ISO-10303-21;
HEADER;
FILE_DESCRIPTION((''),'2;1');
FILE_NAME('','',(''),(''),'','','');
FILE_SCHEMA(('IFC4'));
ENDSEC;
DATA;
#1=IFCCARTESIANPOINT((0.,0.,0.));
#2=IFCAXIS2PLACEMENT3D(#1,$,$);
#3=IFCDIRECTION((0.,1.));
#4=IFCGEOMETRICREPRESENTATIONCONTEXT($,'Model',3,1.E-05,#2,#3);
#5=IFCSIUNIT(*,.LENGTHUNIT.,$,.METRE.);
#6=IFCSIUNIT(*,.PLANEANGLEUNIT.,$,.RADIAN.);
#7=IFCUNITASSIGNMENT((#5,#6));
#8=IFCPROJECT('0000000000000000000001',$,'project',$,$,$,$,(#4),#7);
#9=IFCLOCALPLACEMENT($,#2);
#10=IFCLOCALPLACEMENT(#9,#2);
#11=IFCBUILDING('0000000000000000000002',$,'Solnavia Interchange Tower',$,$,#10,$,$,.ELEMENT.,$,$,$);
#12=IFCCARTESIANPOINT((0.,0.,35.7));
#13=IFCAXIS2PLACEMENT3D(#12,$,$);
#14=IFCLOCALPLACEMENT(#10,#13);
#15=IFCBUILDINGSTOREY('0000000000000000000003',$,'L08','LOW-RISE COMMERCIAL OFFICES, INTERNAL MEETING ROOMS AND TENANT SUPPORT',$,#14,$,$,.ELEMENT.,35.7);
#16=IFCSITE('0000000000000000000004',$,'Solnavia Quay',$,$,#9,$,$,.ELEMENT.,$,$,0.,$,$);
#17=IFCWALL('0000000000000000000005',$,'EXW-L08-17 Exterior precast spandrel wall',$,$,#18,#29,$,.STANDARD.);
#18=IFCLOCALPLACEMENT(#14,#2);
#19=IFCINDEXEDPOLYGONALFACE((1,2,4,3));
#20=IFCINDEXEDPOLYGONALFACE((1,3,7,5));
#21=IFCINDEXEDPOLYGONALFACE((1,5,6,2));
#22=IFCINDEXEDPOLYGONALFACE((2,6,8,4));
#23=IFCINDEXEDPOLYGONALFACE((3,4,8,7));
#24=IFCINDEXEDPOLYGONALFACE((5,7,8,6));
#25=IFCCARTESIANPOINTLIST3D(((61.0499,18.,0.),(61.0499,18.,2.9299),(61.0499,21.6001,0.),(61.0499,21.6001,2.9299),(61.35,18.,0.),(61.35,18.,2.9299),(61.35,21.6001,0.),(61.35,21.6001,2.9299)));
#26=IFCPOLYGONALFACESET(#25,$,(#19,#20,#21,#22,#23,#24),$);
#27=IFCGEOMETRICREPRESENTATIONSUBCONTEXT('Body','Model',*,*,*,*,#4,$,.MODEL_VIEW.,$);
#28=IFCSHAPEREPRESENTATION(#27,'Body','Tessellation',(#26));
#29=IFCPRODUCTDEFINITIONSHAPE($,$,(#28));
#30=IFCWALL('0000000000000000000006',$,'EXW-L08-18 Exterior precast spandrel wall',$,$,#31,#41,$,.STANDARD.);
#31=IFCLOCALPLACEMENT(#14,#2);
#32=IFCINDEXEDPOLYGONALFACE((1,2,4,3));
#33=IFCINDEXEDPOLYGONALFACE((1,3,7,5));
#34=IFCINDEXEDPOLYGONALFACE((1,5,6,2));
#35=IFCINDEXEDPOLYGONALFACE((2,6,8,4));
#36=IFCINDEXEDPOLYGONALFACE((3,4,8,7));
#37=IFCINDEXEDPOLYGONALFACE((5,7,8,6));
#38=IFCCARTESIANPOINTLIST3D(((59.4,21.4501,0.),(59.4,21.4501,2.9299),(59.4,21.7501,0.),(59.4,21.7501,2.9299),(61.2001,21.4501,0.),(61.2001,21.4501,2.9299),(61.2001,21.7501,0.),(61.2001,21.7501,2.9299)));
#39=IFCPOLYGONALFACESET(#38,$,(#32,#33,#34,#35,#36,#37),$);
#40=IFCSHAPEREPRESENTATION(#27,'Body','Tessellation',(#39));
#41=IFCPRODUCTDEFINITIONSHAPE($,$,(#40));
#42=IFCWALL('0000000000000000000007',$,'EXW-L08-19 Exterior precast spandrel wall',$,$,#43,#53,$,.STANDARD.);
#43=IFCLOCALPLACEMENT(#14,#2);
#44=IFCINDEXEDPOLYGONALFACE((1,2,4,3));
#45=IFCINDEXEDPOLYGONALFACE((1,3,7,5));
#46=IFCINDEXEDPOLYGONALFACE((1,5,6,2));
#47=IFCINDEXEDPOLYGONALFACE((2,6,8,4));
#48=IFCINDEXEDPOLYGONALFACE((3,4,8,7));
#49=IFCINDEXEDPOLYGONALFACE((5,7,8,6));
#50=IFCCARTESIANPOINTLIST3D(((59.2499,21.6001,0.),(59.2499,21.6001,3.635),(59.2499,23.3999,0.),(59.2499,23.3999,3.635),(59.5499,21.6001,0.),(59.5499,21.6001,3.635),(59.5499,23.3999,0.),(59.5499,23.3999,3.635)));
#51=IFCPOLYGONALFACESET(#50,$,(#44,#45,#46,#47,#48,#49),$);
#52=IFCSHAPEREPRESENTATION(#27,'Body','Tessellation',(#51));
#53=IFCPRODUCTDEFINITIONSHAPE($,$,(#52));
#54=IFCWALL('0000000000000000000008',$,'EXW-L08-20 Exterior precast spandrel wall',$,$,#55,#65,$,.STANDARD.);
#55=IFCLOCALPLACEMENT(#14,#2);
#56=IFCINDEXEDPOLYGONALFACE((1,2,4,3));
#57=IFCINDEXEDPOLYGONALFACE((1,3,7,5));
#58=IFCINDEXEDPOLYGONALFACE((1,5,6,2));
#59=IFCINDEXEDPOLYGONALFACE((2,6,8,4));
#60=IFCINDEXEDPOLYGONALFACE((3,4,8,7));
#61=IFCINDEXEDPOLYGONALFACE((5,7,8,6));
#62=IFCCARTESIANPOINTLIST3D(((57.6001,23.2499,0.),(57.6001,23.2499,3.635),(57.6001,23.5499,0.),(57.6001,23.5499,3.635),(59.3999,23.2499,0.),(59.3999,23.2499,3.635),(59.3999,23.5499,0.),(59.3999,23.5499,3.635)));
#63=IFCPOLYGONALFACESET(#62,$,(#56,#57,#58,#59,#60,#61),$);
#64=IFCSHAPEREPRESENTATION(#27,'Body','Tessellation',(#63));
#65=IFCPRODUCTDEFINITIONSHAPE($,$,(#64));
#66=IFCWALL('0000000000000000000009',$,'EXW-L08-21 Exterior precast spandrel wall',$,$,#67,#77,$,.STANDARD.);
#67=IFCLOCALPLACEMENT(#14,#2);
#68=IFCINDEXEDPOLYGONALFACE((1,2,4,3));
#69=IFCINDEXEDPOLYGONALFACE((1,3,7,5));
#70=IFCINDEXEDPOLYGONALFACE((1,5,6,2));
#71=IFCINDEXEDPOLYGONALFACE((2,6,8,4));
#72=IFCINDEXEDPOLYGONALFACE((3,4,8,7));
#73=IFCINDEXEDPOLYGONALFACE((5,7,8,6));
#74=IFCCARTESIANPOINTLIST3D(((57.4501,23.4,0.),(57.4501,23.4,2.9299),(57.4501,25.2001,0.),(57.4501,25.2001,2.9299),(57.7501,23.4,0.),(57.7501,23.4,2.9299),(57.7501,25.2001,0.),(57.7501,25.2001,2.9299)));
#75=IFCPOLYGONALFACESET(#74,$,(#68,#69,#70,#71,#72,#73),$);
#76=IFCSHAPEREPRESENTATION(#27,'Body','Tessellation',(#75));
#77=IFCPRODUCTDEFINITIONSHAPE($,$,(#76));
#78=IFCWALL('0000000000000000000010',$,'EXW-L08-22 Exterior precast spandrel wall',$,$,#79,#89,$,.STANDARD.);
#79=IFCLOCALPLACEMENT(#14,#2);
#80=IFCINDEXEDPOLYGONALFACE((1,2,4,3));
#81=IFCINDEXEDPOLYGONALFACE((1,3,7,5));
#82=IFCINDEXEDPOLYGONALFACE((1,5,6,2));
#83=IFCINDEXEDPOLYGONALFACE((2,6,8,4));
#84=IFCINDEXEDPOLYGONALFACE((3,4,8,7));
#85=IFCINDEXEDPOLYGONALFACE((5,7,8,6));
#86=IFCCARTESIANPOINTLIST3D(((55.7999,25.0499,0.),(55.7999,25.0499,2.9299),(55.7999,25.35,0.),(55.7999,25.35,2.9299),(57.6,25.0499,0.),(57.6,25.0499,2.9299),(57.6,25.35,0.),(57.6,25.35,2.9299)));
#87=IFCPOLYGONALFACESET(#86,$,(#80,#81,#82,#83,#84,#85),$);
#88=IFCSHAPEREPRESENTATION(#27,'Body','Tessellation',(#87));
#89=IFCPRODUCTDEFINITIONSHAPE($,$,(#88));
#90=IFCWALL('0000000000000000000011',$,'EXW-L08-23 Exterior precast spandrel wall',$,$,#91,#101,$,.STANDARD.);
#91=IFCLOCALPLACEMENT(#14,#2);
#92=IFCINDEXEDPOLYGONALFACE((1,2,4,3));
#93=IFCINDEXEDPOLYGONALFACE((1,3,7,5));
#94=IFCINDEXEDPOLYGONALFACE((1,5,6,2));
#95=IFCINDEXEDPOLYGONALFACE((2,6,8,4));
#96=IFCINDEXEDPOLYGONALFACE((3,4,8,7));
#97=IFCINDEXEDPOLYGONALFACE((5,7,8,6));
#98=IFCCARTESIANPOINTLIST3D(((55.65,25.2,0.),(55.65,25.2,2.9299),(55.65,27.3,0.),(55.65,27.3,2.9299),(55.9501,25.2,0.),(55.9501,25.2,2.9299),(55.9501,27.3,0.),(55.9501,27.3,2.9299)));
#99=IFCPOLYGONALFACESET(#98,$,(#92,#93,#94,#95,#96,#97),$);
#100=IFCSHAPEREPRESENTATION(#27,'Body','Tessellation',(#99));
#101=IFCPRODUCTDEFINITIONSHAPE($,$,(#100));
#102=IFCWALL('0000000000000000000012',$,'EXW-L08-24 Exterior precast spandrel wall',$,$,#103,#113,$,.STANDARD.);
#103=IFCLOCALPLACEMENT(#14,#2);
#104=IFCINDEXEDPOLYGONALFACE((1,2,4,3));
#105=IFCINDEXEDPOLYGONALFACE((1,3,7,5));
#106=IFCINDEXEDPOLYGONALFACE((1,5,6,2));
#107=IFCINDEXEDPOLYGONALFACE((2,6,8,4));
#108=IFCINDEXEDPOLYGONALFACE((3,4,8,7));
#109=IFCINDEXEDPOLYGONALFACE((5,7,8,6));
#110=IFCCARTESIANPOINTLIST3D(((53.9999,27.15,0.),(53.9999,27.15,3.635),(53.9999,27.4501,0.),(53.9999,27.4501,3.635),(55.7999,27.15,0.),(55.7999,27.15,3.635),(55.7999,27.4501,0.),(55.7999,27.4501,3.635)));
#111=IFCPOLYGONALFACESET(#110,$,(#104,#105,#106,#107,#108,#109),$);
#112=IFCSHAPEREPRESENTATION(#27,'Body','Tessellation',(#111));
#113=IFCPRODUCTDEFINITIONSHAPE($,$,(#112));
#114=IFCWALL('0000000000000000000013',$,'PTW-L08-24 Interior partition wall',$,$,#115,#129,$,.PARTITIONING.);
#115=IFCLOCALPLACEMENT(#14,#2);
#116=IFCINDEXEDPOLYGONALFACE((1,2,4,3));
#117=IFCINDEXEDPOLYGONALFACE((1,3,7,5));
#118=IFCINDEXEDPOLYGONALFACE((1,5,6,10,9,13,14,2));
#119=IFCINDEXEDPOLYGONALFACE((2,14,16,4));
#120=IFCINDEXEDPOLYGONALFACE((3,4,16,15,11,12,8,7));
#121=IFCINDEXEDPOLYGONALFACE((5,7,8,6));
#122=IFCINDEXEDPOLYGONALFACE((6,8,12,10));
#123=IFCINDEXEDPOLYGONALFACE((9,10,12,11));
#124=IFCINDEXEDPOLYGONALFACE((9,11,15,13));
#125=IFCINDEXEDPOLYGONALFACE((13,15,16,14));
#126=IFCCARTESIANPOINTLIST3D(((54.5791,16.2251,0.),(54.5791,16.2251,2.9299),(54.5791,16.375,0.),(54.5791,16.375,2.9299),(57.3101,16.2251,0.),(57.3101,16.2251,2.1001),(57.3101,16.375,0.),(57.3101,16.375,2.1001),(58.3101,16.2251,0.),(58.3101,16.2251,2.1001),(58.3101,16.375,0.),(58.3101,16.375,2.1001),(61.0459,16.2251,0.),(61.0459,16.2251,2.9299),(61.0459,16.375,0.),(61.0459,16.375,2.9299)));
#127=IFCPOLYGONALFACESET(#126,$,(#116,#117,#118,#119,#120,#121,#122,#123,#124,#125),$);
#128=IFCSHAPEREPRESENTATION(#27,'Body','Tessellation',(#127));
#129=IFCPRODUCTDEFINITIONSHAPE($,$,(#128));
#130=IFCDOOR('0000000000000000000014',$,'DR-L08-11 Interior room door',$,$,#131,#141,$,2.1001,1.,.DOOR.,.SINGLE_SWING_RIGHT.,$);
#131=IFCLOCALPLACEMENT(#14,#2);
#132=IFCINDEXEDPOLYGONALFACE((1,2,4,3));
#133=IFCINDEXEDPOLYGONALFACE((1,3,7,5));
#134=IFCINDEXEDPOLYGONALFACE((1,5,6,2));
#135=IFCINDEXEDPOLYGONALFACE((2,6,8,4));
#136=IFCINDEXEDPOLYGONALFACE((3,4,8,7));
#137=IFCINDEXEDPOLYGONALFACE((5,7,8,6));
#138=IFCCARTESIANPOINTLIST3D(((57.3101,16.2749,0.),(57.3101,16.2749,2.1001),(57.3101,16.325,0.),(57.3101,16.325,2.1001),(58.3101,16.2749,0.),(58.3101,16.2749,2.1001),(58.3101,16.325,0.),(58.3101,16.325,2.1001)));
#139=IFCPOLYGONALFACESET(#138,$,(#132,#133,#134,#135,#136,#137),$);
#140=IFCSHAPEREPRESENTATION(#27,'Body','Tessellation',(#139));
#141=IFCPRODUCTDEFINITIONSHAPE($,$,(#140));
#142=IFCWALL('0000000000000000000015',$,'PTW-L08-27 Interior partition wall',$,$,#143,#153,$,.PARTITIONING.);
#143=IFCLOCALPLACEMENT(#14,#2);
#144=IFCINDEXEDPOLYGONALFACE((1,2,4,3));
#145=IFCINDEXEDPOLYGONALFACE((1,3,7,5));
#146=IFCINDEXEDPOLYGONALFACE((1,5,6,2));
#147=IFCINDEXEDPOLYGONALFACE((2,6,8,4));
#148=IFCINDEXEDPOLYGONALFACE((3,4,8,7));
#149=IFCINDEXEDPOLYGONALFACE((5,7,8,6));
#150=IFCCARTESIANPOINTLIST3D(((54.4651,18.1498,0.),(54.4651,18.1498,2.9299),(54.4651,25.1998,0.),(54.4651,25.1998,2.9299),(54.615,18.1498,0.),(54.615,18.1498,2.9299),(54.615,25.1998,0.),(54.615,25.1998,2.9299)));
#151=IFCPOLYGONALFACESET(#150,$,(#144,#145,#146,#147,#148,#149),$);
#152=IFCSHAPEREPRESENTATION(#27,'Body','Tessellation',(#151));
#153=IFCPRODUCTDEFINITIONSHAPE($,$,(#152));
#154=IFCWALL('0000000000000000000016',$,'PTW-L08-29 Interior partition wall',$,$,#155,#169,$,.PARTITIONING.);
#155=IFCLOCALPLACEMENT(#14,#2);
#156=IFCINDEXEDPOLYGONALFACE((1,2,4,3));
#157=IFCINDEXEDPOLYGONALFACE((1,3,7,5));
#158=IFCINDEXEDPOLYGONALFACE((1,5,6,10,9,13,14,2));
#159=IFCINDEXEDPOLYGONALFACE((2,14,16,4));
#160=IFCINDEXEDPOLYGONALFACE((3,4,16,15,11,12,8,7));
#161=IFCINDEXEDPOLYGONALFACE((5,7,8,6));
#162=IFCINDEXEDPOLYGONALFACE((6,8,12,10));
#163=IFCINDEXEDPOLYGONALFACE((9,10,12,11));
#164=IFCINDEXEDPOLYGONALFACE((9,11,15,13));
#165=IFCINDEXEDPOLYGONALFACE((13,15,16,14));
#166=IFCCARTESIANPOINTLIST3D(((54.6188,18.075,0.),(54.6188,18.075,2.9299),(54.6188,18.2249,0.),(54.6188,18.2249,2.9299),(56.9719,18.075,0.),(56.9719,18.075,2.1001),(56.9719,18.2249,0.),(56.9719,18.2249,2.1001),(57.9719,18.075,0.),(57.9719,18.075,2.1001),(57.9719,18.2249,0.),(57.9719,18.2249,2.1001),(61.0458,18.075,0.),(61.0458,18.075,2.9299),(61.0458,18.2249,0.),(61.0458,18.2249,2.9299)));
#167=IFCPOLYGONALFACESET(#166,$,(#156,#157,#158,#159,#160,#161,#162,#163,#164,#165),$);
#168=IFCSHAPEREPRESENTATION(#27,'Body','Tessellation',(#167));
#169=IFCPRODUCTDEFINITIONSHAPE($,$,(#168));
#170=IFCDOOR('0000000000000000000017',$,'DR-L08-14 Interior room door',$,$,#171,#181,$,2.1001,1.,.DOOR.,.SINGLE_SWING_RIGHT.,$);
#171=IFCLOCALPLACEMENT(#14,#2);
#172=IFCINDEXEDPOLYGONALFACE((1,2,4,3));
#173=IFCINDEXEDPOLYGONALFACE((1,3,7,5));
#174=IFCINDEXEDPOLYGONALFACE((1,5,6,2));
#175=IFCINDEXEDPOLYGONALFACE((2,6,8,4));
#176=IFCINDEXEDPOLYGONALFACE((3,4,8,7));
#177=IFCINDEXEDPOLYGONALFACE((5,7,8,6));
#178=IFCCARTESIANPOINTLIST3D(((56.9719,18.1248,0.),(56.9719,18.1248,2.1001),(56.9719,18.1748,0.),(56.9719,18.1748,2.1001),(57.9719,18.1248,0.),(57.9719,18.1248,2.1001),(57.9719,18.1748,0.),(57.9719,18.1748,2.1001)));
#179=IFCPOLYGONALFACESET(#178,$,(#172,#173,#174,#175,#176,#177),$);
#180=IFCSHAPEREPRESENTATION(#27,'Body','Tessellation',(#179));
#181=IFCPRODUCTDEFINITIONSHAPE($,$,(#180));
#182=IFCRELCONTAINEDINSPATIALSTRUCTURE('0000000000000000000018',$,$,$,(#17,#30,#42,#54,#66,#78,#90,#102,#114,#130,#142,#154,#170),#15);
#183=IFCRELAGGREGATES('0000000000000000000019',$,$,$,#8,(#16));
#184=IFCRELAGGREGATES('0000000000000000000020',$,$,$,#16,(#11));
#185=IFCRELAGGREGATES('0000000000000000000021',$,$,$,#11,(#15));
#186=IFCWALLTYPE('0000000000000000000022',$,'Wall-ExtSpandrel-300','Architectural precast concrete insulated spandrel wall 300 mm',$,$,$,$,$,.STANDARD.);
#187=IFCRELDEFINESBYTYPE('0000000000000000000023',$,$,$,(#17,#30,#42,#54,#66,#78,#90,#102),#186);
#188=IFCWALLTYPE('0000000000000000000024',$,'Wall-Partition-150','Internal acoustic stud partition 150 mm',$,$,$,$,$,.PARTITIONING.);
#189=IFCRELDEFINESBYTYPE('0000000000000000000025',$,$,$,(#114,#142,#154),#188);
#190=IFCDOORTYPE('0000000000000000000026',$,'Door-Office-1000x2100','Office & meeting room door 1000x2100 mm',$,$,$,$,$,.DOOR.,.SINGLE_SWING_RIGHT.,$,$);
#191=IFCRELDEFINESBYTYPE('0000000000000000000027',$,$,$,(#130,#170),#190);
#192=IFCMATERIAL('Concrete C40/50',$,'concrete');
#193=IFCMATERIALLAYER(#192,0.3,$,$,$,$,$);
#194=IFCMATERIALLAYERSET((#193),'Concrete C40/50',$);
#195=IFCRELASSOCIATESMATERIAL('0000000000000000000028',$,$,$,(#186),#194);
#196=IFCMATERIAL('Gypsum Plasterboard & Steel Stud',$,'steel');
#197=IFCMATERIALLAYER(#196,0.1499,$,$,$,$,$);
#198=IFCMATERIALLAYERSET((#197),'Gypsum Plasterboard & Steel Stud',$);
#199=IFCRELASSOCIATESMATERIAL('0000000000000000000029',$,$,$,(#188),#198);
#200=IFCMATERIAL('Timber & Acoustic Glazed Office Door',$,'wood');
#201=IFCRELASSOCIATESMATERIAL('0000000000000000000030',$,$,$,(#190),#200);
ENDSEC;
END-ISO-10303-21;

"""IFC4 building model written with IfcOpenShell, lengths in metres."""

from ifc_helpers import new_model, si_unit, direction, frame, frame_2d, origin, place, context, subcontext, project, spatial, rectangle, extrude, material, layer, layer_set, type_object, element, fill, save


model = new_model("IFC4")

# Units and contexts
model_context = context("Model", 3, precision=1e-05, world=origin(), true_north=direction((0.0, 1.0)))
body_context = subcontext(model_context, "Body", "Model", "MODEL_VIEW")
ifc_project = project(units=[si_unit("LENGTHUNIT", "METRE"), si_unit("PLANEANGLEUNIT", "RADIAN")], contexts=[model_context])

# Site, building, storey
site_placement = place(None, origin())
site = spatial("IfcSite", under=ifc_project, at=site_placement, Name="Solnavia Quay", CompositionType="ELEMENT", RefElevation=0.0)
building_placement = place(site_placement, origin())
building = spatial("IfcBuilding", under=site, at=building_placement, Name="Solnavia Interchange Tower", CompositionType="ELEMENT")
storey_placement = place(building_placement, frame((0.0, 0.0, 35.7)))
storey = spatial("IfcBuildingStorey", under=building, at=storey_placement, Name="L08", Description="LOW-RISE COMMERCIAL OFFICES, INTERNAL MEETING ROOMS AND TENANT SUPPORT", CompositionType="ELEMENT", Elevation=35.7)

# Walls
ifc_material_1 = material(Name="Concrete C40/50", Category="concrete")
ifc_layer_1 = layer(ifc_material_1, 0.3)
ifc_layer_set_1 = layer_set([ifc_layer_1], Name="Concrete C40/50")
wall_type_1 = type_object("IfcWallType", Name="Wall-ExtSpandrel-300", Description="Architectural precast concrete insulated spandrel wall 300 mm", PredefinedType="STANDARD", material=ifc_layer_set_1)
for number, where, z_axis, x_axis, name in (
    (1, (61.2, 21.6001, 0.0), (0.0, 0.0, 1.0), (0.0, -1.0, 0.0), "EXW-L08-17 Exterior precast spandrel wall"),
):
    element("IfcWall", number, at=place(storey_placement, frame(where, z_axis=z_axis, x_axis=x_axis)), inside=storey, type_object=wall_type_1, Name=name, PredefinedType="STANDARD", context=body_context, shape_type="SweptSolid", body=[
        extrude(rectangle(XDim=3.6001, YDim=0.3, at=frame_2d((1.8, 0.0))), origin(), (0.0, 0.0, 1.0), 2.9299),
    ])
wall_1_placement = place(storey_placement, frame((61.2, 21.6001, 0.0), z_axis=(0.0, 0.0, 1.0), x_axis=(-1.0, 0.0, 0.0)))
element("IfcWall", 2, at=wall_1_placement, inside=storey, type_object=wall_type_1, Name="EXW-L08-18 Exterior precast spandrel wall", PredefinedType="STANDARD", context=body_context, shape_type="SweptSolid", body=[
    extrude(rectangle(XDim=1.8, YDim=0.3, at=frame_2d((0.8999, 0.0))), origin(), (0.0, 0.0, 1.0), 2.9299),
])
for number, where, z_axis, x_axis, name in (
    (3, (59.3999, 23.3999, 0.0), (0.0, 0.0, 1.0), (0.0, -1.0, 0.0), "EXW-L08-19 Exterior precast spandrel wall"),
    (4, (57.6001, 23.3999, 0.0), (0.0, 0.0, 1.0), (1.0, 0.0, 0.0), "EXW-L08-20 Exterior precast spandrel wall"),
):
    element("IfcWall", number, at=place(storey_placement, frame(where, z_axis=z_axis, x_axis=x_axis)), inside=storey, type_object=wall_type_1, Name=name, PredefinedType="STANDARD", context=body_context, shape_type="SweptSolid", body=[
        extrude(rectangle(XDim=1.7998, YDim=0.3, at=frame_2d((0.8999, 0.0))), origin(), (0.0, 0.0, 1.0), 3.635),
    ])
for number, where, z_axis, x_axis, name in (
    (5, (57.6001, 25.2, 0.0), (0.0, 0.0, 1.0), (0.0, -1.0, 0.0), "EXW-L08-21 Exterior precast spandrel wall"),
    (6, (55.8, 25.2, 0.0), (0.0, 0.0, 1.0), (1.0, 0.0, 0.0), "EXW-L08-22 Exterior precast spandrel wall"),
):
    element("IfcWall", number, at=place(storey_placement, frame(where, z_axis=z_axis, x_axis=x_axis)), inside=storey, type_object=wall_type_1, Name=name, PredefinedType="STANDARD", context=body_context, shape_type="SweptSolid", body=[
        extrude(rectangle(XDim=1.8, YDim=0.3, at=frame_2d((0.8999, 0.0))), origin(), (0.0, 0.0, 1.0), 2.9299),
    ])
wall_2_placement = place(storey_placement, frame((55.8, 27.3, 0.0), z_axis=(0.0, 0.0, 1.0), x_axis=(0.0, -1.0, 0.0)))
element("IfcWall", 7, at=wall_2_placement, inside=storey, type_object=wall_type_1, Name="EXW-L08-23 Exterior precast spandrel wall", PredefinedType="STANDARD", context=body_context, shape_type="SweptSolid", body=[
    extrude(rectangle(XDim=2.1001, YDim=0.3, at=frame_2d((1.05, 0.0))), origin(), (0.0, 0.0, 1.0), 2.9299),
])
wall_3_placement = place(storey_placement, frame((54.0, 27.3, 0.0), z_axis=(0.0, 0.0, 1.0), x_axis=(1.0, 0.0, 0.0)))
element("IfcWall", 8, at=wall_3_placement, inside=storey, type_object=wall_type_1, Name="EXW-L08-24 Exterior precast spandrel wall", PredefinedType="STANDARD", context=body_context, shape_type="SweptSolid", body=[
    extrude(rectangle(XDim=1.8, YDim=0.3, at=frame_2d((0.8999, 0.0))), origin(), (0.0, 0.0, 1.0), 3.635),
])

# Wall, opening, door
ifc_material_2 = material(Name="Gypsum Plasterboard & Steel Stud", Category="steel")
ifc_layer_2 = layer(ifc_material_2, 0.1499)
ifc_layer_set_2 = layer_set([ifc_layer_2], Name="Gypsum Plasterboard & Steel Stud")
wall_type_2 = type_object("IfcWallType", Name="Wall-Partition-150", Description="Internal acoustic stud partition 150 mm", PredefinedType="PARTITIONING", material=ifc_layer_set_2)
wall_4_placement = place(storey_placement, frame((54.5791, 16.3, 0.0), z_axis=(0.0, 0.0, 1.0), x_axis=(1.0, 0.0, 0.0)))
wall_4 = element("IfcWall", 9, at=wall_4_placement, inside=storey, type_object=wall_type_2, Name="PTW-L08-24 Interior partition wall", PredefinedType="PARTITIONING", context=body_context, shape_type="SweptSolid", body=[
    extrude(rectangle(XDim=6.4668, YDim=0.1499, at=frame_2d((3.2334, 0.0))), origin(), (0.0, 0.0, 1.0), 2.9299),
])
opening_1_placement = place(wall_4_placement, frame((2.731, 0.0, 0.0)))
opening_1 = element("IfcOpeningElement", 10, at=opening_1_placement, cuts=wall_4, PredefinedType="OPENING", context=body_context, shape_type="SweptSolid", body=[
    extrude(rectangle(XDim=1.0, YDim=2.1001, at=frame_2d((0.5, 1.05))), frame((0.0, 0.085, 0.0), z_axis=(0.0, -1.0, 0.0), x_axis=(1.0, 0.0, 0.0)), (0.0, 0.0, 1.0), 0.1699),
])
ifc_material_3 = material(Name="Timber & Acoustic Glazed Office Door", Category="wood")
door_type = type_object("IfcDoorType", Name="Door-Office-1000x2100", Description="Office & meeting room door 1000x2100 mm", OperationType="SINGLE_SWING_RIGHT", PredefinedType="DOOR", material=ifc_material_3)
door_1_placement = place(opening_1_placement, origin())
door_1 = element("IfcDoor", 11, at=door_1_placement, inside=storey, type_object=door_type, Name="DR-L08-11 Interior room door", OperationType="SINGLE_SWING_RIGHT", OverallHeight=2.1001, OverallWidth=1.0, PredefinedType="DOOR", context=body_context, shape_type="SweptSolid", body=[
    extrude(rectangle(XDim=1.0, YDim=2.1001, at=frame_2d((0.5, 1.05))), frame((0.0, 0.0249, 0.0), z_axis=(0.0, -1.0, 0.0), x_axis=(1.0, 0.0, 0.0)), (0.0, 0.0, 1.0), 0.05),
])
fill(opening_1, door_1)

# Wall
wall_5_placement = place(storey_placement, frame((54.54, 18.1499, 0.0), z_axis=(0.0, 0.0, 1.0), x_axis=(0.0, 1.0, 0.0)))
element("IfcWall", 12, at=wall_5_placement, inside=storey, type_object=wall_type_2, Name="PTW-L08-27 Interior partition wall", PredefinedType="PARTITIONING", context=body_context, shape_type="SweptSolid", body=[
    extrude(rectangle(XDim=7.05, YDim=0.1499, at=frame_2d((3.5249, 0.0))), origin(), (0.0, 0.0, 1.0), 2.9299),
])

# Wall, opening, door
wall_6_placement = place(storey_placement, frame((54.6189, 18.1499, 0.0), z_axis=(0.0, 0.0, 1.0), x_axis=(1.0, 0.0, 0.0)))
wall_6 = element("IfcWall", 13, at=wall_6_placement, inside=storey, type_object=wall_type_2, Name="PTW-L08-29 Interior partition wall", PredefinedType="PARTITIONING", context=body_context, shape_type="SweptSolid", body=[
    extrude(rectangle(XDim=6.427, YDim=0.1499, at=frame_2d((3.2134, 0.0))), origin(), (0.0, 0.0, 1.0), 2.9299),
])
opening_2_placement = place(wall_6_placement, frame((2.353, 0.0, 0.0)))
opening_2 = element("IfcOpeningElement", 14, at=opening_2_placement, cuts=wall_6, PredefinedType="OPENING", context=body_context, shape_type="SweptSolid", body=[
    extrude(rectangle(XDim=1.0, YDim=2.1001, at=frame_2d((0.5, 1.05))), frame((0.0, 0.085, 0.0), z_axis=(0.0, -1.0, 0.0), x_axis=(1.0, 0.0, 0.0)), (0.0, 0.0, 1.0), 0.1699),
])
door_2_placement = place(opening_2_placement, origin())
door_2 = element("IfcDoor", 15, at=door_2_placement, inside=storey, type_object=door_type, Name="DR-L08-14 Interior room door", OperationType="SINGLE_SWING_RIGHT", OverallHeight=2.1001, OverallWidth=1.0, PredefinedType="DOOR", context=body_context, shape_type="SweptSolid", body=[
    extrude(rectangle(XDim=1.0, YDim=2.1001, at=frame_2d((0.5, 1.05))), frame((0.0, 0.0249, 0.0), z_axis=(0.0, -1.0, 0.0), x_axis=(1.0, 0.0, 0.0)), (0.0, 0.0, 1.0), 0.05),
])
fill(opening_2, door_2)

save(model, "model.ifc")
